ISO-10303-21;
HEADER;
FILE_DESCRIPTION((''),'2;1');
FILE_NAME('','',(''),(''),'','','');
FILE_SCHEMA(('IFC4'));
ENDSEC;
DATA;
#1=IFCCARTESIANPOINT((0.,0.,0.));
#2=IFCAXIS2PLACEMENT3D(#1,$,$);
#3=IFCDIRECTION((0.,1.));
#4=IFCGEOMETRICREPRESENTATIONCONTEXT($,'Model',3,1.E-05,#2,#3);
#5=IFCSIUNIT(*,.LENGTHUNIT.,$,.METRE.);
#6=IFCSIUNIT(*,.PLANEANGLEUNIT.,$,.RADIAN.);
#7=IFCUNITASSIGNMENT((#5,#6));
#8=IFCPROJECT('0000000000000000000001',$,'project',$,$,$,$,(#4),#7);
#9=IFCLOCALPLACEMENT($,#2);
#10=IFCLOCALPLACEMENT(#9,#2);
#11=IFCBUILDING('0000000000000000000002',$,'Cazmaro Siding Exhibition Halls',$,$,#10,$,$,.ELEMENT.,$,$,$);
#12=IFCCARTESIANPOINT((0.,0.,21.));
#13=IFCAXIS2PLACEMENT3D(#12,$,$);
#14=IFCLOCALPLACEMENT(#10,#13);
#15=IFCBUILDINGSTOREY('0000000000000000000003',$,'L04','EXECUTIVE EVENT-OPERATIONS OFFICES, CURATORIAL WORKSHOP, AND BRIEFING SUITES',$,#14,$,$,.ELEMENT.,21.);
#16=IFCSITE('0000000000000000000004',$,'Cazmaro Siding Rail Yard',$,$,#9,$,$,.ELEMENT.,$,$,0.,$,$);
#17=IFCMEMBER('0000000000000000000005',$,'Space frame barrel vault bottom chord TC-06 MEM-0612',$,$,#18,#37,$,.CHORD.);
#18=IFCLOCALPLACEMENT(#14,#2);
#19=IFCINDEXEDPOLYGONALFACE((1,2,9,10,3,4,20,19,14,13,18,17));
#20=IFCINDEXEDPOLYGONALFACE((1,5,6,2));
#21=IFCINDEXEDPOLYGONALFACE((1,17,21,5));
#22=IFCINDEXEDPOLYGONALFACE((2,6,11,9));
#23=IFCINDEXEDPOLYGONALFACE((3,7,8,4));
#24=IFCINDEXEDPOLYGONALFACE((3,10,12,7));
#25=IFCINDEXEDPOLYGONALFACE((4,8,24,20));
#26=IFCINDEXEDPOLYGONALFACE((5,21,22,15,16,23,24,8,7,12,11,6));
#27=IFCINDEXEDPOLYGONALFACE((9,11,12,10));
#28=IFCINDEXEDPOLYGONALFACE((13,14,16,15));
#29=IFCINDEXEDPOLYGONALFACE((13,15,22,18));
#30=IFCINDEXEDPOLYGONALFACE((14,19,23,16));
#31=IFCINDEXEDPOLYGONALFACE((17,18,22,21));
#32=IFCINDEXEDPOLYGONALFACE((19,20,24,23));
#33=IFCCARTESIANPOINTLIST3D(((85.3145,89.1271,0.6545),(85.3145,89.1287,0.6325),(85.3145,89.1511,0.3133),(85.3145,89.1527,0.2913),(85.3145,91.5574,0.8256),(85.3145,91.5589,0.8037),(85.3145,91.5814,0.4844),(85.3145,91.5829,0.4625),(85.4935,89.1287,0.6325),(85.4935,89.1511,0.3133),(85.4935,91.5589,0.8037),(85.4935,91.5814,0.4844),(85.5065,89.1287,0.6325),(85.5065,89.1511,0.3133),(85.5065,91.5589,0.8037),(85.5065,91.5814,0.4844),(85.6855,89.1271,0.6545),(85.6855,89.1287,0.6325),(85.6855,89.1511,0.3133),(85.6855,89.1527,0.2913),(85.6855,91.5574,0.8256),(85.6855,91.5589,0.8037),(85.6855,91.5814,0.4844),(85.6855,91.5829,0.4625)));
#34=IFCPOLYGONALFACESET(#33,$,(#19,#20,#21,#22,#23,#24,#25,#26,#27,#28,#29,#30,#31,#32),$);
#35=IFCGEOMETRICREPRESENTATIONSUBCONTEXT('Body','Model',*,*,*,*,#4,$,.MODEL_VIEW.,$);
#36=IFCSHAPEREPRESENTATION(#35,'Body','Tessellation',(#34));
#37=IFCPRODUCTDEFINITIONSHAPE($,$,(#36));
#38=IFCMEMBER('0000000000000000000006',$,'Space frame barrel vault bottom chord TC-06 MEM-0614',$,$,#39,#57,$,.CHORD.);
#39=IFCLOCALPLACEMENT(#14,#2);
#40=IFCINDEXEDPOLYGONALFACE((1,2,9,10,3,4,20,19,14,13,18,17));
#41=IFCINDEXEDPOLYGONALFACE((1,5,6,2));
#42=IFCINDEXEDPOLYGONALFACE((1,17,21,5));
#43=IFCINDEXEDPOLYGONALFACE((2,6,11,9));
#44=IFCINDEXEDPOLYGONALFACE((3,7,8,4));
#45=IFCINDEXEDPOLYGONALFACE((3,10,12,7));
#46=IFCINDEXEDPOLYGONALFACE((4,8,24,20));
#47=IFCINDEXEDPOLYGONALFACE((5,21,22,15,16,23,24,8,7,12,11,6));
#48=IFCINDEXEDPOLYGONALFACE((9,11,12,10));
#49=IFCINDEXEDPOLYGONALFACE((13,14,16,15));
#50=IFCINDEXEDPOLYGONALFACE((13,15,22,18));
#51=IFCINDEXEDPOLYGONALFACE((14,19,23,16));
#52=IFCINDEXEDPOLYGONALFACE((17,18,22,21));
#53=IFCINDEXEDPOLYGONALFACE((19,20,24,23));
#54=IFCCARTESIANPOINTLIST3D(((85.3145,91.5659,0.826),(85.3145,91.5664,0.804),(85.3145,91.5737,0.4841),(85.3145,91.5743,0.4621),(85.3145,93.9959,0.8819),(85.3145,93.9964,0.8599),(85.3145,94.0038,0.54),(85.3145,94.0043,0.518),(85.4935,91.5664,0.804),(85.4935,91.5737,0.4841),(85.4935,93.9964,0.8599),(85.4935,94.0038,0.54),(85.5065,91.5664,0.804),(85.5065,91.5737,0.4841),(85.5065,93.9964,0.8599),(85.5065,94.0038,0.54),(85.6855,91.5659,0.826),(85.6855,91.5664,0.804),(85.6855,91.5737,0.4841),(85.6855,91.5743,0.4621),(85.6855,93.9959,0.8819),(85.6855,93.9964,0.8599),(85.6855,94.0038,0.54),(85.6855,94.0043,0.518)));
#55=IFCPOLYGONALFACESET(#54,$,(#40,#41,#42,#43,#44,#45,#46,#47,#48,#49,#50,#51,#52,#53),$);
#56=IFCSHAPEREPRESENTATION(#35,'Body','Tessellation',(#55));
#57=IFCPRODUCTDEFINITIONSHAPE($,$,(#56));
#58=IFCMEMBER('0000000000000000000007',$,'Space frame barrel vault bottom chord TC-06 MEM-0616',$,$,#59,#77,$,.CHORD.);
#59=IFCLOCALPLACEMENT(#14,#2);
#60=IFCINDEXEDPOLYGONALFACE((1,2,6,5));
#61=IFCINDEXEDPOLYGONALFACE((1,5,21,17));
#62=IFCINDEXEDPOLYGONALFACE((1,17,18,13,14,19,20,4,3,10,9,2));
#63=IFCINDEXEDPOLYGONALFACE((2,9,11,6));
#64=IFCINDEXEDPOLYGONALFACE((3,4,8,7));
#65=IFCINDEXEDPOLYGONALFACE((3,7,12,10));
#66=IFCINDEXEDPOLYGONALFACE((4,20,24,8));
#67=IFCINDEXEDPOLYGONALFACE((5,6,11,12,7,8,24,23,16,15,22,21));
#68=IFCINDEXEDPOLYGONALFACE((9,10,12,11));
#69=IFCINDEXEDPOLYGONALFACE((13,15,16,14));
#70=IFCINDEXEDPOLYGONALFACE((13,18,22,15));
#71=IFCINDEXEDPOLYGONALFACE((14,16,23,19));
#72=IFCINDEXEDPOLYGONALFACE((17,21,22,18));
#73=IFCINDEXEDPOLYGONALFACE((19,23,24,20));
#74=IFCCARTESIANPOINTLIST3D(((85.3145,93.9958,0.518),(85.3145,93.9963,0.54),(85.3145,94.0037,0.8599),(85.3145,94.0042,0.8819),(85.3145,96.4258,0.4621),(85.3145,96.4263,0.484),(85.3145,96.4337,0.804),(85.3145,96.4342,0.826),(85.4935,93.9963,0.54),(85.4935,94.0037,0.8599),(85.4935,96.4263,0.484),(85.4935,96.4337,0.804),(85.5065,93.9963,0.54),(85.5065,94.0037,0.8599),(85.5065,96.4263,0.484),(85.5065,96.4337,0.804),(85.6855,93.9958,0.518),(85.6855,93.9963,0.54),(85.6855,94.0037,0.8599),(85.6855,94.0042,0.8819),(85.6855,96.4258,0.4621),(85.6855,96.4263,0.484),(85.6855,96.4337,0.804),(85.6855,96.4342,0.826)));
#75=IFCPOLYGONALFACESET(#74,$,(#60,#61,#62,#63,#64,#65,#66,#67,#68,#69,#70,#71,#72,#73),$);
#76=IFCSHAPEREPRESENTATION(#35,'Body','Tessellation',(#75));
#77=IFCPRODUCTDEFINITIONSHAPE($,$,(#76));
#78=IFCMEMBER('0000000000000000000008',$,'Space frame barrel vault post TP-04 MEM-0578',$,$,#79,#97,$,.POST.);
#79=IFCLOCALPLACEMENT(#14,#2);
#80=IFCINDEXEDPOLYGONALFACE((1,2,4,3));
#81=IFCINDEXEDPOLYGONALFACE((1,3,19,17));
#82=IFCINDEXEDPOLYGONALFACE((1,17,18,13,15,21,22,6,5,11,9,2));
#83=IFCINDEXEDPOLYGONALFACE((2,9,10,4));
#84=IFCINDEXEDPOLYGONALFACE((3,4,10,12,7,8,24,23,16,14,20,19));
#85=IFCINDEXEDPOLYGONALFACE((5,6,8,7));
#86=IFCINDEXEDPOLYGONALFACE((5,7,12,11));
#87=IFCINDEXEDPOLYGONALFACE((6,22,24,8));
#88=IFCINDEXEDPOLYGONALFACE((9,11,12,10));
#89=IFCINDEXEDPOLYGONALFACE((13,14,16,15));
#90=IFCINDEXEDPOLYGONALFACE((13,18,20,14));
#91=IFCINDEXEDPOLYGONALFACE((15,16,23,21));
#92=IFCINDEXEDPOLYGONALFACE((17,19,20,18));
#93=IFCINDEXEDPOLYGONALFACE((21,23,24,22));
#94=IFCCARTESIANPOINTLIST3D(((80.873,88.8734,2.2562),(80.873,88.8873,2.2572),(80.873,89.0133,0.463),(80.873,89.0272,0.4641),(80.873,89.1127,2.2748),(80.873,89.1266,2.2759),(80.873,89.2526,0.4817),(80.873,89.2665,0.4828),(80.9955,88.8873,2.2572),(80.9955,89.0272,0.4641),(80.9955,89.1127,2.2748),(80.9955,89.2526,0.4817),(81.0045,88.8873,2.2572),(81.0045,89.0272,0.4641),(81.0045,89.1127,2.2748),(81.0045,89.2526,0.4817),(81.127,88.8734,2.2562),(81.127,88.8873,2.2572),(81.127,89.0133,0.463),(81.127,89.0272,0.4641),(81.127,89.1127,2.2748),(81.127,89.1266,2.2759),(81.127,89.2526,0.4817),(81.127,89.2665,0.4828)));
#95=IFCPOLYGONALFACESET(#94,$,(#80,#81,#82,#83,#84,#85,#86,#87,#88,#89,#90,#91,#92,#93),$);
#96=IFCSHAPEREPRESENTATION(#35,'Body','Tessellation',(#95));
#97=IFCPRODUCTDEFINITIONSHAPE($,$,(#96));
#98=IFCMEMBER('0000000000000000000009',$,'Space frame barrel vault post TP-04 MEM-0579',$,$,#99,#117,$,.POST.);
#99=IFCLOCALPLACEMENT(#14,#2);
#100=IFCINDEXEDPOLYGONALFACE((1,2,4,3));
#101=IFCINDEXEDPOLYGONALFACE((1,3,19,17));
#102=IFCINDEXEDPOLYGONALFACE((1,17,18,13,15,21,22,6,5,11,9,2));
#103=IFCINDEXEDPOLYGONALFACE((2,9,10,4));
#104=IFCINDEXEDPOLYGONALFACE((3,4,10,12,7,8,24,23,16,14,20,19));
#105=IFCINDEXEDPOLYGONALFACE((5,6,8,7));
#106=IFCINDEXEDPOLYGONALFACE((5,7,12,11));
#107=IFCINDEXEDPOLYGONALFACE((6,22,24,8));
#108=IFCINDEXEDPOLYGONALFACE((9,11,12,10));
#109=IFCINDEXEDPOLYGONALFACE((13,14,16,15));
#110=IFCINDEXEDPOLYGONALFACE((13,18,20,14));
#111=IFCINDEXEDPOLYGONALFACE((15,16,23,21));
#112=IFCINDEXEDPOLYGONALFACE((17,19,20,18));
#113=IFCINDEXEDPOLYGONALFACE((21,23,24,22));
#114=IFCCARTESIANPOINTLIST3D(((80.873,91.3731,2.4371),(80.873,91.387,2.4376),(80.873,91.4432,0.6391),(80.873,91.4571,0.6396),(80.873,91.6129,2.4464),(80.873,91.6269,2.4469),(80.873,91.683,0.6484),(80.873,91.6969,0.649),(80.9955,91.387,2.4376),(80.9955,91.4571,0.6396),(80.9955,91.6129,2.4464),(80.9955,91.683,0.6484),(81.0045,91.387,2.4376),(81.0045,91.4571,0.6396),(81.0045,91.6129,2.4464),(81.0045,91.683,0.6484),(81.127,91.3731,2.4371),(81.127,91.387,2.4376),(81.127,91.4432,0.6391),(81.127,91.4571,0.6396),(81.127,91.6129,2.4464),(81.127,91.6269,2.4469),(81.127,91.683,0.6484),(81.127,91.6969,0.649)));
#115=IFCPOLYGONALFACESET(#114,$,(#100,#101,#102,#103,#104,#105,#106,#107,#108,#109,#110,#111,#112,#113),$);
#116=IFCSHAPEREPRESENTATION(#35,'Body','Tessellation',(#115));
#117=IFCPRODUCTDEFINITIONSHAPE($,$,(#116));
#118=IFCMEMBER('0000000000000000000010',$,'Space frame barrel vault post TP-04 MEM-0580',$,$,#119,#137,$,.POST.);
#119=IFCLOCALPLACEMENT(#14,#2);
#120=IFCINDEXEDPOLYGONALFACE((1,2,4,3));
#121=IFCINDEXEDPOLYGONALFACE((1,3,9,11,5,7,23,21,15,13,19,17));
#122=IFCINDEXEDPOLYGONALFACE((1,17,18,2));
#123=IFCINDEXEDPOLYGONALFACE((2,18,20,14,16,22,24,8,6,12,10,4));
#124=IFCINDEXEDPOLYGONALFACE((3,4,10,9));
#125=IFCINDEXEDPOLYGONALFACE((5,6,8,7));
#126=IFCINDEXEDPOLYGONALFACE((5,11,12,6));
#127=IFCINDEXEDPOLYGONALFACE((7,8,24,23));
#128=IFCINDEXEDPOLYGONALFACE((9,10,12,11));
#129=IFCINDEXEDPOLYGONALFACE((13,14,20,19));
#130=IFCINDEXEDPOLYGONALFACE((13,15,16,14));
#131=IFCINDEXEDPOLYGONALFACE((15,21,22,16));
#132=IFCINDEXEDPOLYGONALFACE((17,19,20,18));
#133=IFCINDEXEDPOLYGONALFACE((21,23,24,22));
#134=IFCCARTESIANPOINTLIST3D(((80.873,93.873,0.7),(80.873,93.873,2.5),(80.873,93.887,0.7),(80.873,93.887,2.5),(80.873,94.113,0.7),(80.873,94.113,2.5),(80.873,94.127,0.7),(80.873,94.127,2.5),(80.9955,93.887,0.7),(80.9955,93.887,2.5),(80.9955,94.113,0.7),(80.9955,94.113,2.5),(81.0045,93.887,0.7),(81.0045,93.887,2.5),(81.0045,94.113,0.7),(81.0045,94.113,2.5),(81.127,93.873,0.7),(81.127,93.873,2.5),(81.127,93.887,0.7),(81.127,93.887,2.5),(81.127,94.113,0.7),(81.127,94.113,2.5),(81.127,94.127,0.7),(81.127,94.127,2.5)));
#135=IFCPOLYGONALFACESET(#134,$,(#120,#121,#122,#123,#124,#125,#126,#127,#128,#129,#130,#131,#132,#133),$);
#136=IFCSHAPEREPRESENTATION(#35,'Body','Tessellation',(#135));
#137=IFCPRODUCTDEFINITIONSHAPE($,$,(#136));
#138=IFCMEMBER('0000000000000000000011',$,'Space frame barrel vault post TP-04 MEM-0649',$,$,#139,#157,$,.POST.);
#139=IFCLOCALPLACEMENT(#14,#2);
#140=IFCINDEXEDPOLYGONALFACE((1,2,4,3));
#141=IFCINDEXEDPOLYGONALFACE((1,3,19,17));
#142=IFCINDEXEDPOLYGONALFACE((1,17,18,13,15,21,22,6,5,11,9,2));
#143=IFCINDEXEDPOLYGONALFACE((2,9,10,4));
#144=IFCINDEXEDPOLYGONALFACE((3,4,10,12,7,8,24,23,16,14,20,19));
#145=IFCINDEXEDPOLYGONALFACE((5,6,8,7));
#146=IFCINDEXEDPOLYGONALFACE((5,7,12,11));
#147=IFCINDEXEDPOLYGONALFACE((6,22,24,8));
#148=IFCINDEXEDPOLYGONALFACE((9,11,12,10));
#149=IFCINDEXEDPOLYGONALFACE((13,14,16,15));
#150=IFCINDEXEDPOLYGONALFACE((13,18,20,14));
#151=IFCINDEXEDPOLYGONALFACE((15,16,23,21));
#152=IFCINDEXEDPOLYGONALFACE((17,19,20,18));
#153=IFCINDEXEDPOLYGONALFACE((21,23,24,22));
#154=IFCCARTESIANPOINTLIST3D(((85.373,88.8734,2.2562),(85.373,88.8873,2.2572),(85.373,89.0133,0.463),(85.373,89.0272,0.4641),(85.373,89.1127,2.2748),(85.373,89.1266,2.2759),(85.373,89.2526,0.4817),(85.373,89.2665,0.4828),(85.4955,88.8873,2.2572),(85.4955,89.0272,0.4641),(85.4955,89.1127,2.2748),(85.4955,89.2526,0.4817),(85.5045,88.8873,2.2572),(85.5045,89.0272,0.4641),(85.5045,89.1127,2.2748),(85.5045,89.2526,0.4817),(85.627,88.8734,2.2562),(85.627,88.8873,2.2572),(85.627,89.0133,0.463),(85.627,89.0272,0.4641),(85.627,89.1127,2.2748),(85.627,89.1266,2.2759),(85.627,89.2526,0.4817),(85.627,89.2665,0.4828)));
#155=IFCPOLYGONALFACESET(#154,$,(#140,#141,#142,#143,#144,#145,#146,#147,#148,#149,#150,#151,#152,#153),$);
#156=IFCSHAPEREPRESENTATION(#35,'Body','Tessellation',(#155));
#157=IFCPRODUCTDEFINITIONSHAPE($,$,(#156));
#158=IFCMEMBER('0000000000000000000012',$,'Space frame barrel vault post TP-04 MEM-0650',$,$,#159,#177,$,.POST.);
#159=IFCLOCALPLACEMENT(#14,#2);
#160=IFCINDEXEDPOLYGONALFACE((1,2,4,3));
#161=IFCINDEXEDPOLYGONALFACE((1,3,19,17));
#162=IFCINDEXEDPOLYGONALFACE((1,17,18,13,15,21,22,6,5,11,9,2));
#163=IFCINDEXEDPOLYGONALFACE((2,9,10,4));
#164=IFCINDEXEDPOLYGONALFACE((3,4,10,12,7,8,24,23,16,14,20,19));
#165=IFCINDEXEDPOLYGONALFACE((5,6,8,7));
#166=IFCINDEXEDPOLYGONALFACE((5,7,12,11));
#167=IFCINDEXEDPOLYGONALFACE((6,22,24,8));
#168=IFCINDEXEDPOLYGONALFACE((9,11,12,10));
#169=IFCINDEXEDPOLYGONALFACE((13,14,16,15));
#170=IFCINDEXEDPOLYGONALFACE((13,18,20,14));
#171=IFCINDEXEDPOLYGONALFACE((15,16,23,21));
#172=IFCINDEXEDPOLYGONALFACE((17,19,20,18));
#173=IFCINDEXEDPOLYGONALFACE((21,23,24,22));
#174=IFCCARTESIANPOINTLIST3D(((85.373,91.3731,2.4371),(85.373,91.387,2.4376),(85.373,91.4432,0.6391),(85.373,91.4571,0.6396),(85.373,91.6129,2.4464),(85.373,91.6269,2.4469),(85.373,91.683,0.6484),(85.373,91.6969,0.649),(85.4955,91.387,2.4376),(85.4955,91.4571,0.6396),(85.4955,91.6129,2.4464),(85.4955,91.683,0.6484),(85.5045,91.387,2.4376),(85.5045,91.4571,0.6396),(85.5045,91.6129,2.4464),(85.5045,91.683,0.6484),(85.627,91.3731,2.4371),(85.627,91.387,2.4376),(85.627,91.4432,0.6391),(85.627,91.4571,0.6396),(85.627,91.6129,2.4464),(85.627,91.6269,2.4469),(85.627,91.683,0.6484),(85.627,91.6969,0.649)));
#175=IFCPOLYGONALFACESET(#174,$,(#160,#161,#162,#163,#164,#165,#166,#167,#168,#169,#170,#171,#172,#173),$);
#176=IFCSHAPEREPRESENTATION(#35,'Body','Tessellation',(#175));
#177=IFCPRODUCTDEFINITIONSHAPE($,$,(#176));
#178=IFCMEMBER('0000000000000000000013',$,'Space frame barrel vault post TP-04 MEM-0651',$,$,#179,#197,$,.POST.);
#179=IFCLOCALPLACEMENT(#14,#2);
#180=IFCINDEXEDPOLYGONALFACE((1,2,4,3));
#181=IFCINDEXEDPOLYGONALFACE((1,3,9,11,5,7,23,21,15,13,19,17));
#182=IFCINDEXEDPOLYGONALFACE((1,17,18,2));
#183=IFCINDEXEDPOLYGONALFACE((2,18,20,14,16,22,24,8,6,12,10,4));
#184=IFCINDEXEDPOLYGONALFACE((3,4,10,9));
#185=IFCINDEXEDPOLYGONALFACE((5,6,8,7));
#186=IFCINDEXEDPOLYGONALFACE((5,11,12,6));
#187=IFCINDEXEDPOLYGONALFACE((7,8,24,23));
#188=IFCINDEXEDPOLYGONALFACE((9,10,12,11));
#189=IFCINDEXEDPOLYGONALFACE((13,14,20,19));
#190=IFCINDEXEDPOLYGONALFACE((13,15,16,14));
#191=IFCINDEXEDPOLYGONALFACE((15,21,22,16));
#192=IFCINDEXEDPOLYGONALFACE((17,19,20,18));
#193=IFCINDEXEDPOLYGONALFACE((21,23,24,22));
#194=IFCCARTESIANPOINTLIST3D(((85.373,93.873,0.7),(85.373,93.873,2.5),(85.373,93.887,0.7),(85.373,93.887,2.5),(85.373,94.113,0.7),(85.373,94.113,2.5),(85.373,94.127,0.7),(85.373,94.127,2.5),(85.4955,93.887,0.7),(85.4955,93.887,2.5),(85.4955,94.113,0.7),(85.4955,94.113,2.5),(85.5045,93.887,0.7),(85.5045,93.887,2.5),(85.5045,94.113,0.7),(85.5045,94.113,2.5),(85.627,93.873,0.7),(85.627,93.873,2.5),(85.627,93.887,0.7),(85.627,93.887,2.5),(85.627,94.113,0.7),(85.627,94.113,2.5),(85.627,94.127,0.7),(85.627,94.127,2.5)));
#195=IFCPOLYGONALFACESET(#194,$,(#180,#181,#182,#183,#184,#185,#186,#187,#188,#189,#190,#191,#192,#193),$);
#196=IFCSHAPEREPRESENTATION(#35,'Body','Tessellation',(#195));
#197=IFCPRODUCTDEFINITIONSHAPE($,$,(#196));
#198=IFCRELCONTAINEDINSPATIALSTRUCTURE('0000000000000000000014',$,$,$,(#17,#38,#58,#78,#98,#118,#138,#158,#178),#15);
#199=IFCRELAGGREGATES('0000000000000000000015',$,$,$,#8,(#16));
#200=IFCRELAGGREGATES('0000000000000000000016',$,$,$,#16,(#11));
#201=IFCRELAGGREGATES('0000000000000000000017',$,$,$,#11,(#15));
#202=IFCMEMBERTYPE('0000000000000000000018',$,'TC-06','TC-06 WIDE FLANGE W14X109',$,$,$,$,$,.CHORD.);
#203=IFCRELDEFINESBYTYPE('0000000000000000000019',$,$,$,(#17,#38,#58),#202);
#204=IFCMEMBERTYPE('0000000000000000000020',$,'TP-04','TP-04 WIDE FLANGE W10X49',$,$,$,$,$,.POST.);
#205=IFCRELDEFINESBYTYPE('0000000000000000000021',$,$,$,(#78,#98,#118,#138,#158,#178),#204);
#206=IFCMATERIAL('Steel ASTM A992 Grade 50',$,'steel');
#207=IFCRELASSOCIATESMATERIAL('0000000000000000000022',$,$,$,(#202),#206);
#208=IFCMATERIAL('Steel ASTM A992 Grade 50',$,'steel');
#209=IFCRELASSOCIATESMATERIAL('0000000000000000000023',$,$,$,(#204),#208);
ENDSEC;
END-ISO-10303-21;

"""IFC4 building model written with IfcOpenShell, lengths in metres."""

from ifc_helpers import new_model, si_unit, direction, frame, origin, origin_2d, place, context, subcontext, project, spatial, i_section, extrude, material, material_profile, profile_set, type_object, element, save


model = new_model("IFC4")

# Units and contexts
model_context = context("Model", 3, precision=1e-05, world=origin(), true_north=direction((0.0, 1.0)))
body_context = subcontext(model_context, "Body", "Model", "MODEL_VIEW")
ifc_project = project(units=[si_unit("LENGTHUNIT", "METRE"), si_unit("PLANEANGLEUNIT", "RADIAN")], contexts=[model_context])

# Site, building, storey
site_placement = place(None, origin())
site = spatial("IfcSite", under=ifc_project, at=site_placement, Name="Cazmaro Siding Rail Yard", CompositionType="ELEMENT", RefElevation=0.0)
building_placement = place(site_placement, origin())
building = spatial("IfcBuilding", under=site, at=building_placement, Name="Cazmaro Siding Exhibition Halls", CompositionType="ELEMENT")
storey_placement = place(building_placement, frame((0.0, 0.0, 21.0)))
storey = spatial("IfcBuildingStorey", under=building, at=storey_placement, Name="L04", Description="EXECUTIVE EVENT-OPERATIONS OFFICES, CURATORIAL WORKSHOP, AND BRIEFING SUITES", CompositionType="ELEMENT", Elevation=21.0)

# Members
ifc_material_1 = material(Name="Steel ASTM A992 Grade 50", Category="steel")
ifc_material_profile_1 = material_profile(ifc_material_1, i_section(OverallWidth=0.3711, OverallDepth=0.364, WebThickness=0.0129, FlangeThickness=0.022, at=origin_2d()), Name="W14X109")
ifc_profile_set_1 = profile_set([ifc_material_profile_1], Name="Steel ASTM A992 Grade 50")
member_type_1 = type_object("IfcMemberType", Name="TC-06", Description="TC-06 WIDE FLANGE W14X109", PredefinedType="CHORD", material=ifc_profile_set_1)
member_1_placement = place(storey_placement, frame((85.5, 89.1399, 0.4729), z_axis=(0.0, 0.997529, 0.07025), x_axis=(-1.0, 0.0, 0.0)))
element("IfcMember", 1, at=member_1_placement, inside=storey, type_object=member_type_1, Name="Space frame barrel vault bottom chord TC-06 MEM-0612", PredefinedType="CHORD", context=body_context, shape_type="SweptSolid", body=[
    extrude(i_section(OverallWidth=0.3711, OverallDepth=0.364, WebThickness=0.0129, FlangeThickness=0.022, at=origin_2d()), origin(), (0.0, 0.0, 1.0), 2.4363),
])
for number, where, z_axis, x_axis, name in (
    (2, (85.5, 91.5701, 0.644), (0.0, 0.999735, 0.023002), (-1.0, 0.0, 0.0), "Space frame barrel vault bottom chord TC-06 MEM-0614"),
    (3, (85.5, 94.0, 0.7), (0.0, 0.999735, -0.023002), (-1.0, 0.0, 0.0), "Space frame barrel vault bottom chord TC-06 MEM-0616"),
):
    element("IfcMember", number, at=place(storey_placement, frame(where, z_axis=z_axis, x_axis=x_axis)), inside=storey, type_object=member_type_1, Name=name, PredefinedType="CHORD", context=body_context, shape_type="SweptSolid", body=[
        extrude(i_section(OverallWidth=0.3711, OverallDepth=0.364, WebThickness=0.0129, FlangeThickness=0.022, at=origin_2d()), origin(), (0.0, 0.0, 1.0), 2.4307),
    ])
ifc_material_2 = material(Name="Steel ASTM A992 Grade 50", Category="steel")
ifc_material_profile_2 = material_profile(ifc_material_2, i_section(OverallWidth=0.2539, OverallDepth=0.2539, WebThickness=0.009, FlangeThickness=0.0139, at=origin_2d()), Name="W10X49")
ifc_profile_set_2 = profile_set([ifc_material_profile_2], Name="Steel ASTM A992 Grade 50")
member_type_2 = type_object("IfcMemberType", Name="TP-04", Description="TP-04 WIDE FLANGE W10X49", PredefinedType="POST", material=ifc_profile_set_2)
member_2_placement = place(storey_placement, frame((81.0, 89.1399, 0.4729), z_axis=(0.0, -0.077776, 0.996971), x_axis=(1.0, 0.0, 0.0)))
element("IfcMember", 4, at=member_2_placement, inside=storey, type_object=member_type_2, Name="Space frame barrel vault post TP-04 MEM-0578", PredefinedType="POST", context=body_context, shape_type="SweptSolid", body=[
    extrude(i_section(OverallWidth=0.2539, OverallDepth=0.2539, WebThickness=0.009, FlangeThickness=0.0139, at=origin_2d()), origin(), (0.0, 0.0, 1.0), 1.7986),
])
member_3_placement = place(storey_placement, frame((81.0, 91.5701, 0.644), z_axis=(0.0, -0.038944, 0.999241), x_axis=(1.0, 0.0, 0.0)))
element("IfcMember", 5, at=member_3_placement, inside=storey, type_object=member_type_2, Name="Space frame barrel vault post TP-04 MEM-0579", PredefinedType="POST", context=body_context, shape_type="SweptSolid", body=[
    extrude(i_section(OverallWidth=0.2539, OverallDepth=0.2539, WebThickness=0.009, FlangeThickness=0.0139, at=origin_2d()), origin(), (0.0, 0.0, 1.0), 1.7993),
])
member_4_placement = place(storey_placement, frame((81.0, 94.0, 0.7), z_axis=(0.0, 0.0, 1.0), x_axis=(1.0, 0.0, 0.0)))
element("IfcMember", 6, at=member_4_placement, inside=storey, type_object=member_type_2, Name="Space frame barrel vault post TP-04 MEM-0580", PredefinedType="POST", context=body_context, shape_type="SweptSolid", body=[
    extrude(i_section(OverallWidth=0.2539, OverallDepth=0.2539, WebThickness=0.009, FlangeThickness=0.0139, at=origin_2d()), origin(), (0.0, 0.0, 1.0), 1.8),
])
member_5_placement = place(storey_placement, frame((85.5, 89.1399, 0.4729), z_axis=(0.0, -0.077776, 0.996971), x_axis=(1.0, 0.0, 0.0)))
element("IfcMember", 7, at=member_5_placement, inside=storey, type_object=member_type_2, Name="Space frame barrel vault post TP-04 MEM-0649", PredefinedType="POST", context=body_context, shape_type="SweptSolid", body=[
    extrude(i_section(OverallWidth=0.2539, OverallDepth=0.2539, WebThickness=0.009, FlangeThickness=0.0139, at=origin_2d()), origin(), (0.0, 0.0, 1.0), 1.7986),
])
member_6_placement = place(storey_placement, frame((85.5, 91.5701, 0.644), z_axis=(0.0, -0.038944, 0.999241), x_axis=(1.0, 0.0, 0.0)))
element("IfcMember", 8, at=member_6_placement, inside=storey, type_object=member_type_2, Name="Space frame barrel vault post TP-04 MEM-0650", PredefinedType="POST", context=body_context, shape_type="SweptSolid", body=[
    extrude(i_section(OverallWidth=0.2539, OverallDepth=0.2539, WebThickness=0.009, FlangeThickness=0.0139, at=origin_2d()), origin(), (0.0, 0.0, 1.0), 1.7993),
])
member_7_placement = place(storey_placement, frame((85.5, 94.0, 0.7), z_axis=(0.0, 0.0, 1.0), x_axis=(1.0, 0.0, 0.0)))
element("IfcMember", 9, at=member_7_placement, inside=storey, type_object=member_type_2, Name="Space frame barrel vault post TP-04 MEM-0651", PredefinedType="POST", context=body_context, shape_type="SweptSolid", body=[
    extrude(i_section(OverallWidth=0.2539, OverallDepth=0.2539, WebThickness=0.009, FlangeThickness=0.0139, at=origin_2d()), origin(), (0.0, 0.0, 1.0), 1.8),
])

save(model, "model.ifc")
